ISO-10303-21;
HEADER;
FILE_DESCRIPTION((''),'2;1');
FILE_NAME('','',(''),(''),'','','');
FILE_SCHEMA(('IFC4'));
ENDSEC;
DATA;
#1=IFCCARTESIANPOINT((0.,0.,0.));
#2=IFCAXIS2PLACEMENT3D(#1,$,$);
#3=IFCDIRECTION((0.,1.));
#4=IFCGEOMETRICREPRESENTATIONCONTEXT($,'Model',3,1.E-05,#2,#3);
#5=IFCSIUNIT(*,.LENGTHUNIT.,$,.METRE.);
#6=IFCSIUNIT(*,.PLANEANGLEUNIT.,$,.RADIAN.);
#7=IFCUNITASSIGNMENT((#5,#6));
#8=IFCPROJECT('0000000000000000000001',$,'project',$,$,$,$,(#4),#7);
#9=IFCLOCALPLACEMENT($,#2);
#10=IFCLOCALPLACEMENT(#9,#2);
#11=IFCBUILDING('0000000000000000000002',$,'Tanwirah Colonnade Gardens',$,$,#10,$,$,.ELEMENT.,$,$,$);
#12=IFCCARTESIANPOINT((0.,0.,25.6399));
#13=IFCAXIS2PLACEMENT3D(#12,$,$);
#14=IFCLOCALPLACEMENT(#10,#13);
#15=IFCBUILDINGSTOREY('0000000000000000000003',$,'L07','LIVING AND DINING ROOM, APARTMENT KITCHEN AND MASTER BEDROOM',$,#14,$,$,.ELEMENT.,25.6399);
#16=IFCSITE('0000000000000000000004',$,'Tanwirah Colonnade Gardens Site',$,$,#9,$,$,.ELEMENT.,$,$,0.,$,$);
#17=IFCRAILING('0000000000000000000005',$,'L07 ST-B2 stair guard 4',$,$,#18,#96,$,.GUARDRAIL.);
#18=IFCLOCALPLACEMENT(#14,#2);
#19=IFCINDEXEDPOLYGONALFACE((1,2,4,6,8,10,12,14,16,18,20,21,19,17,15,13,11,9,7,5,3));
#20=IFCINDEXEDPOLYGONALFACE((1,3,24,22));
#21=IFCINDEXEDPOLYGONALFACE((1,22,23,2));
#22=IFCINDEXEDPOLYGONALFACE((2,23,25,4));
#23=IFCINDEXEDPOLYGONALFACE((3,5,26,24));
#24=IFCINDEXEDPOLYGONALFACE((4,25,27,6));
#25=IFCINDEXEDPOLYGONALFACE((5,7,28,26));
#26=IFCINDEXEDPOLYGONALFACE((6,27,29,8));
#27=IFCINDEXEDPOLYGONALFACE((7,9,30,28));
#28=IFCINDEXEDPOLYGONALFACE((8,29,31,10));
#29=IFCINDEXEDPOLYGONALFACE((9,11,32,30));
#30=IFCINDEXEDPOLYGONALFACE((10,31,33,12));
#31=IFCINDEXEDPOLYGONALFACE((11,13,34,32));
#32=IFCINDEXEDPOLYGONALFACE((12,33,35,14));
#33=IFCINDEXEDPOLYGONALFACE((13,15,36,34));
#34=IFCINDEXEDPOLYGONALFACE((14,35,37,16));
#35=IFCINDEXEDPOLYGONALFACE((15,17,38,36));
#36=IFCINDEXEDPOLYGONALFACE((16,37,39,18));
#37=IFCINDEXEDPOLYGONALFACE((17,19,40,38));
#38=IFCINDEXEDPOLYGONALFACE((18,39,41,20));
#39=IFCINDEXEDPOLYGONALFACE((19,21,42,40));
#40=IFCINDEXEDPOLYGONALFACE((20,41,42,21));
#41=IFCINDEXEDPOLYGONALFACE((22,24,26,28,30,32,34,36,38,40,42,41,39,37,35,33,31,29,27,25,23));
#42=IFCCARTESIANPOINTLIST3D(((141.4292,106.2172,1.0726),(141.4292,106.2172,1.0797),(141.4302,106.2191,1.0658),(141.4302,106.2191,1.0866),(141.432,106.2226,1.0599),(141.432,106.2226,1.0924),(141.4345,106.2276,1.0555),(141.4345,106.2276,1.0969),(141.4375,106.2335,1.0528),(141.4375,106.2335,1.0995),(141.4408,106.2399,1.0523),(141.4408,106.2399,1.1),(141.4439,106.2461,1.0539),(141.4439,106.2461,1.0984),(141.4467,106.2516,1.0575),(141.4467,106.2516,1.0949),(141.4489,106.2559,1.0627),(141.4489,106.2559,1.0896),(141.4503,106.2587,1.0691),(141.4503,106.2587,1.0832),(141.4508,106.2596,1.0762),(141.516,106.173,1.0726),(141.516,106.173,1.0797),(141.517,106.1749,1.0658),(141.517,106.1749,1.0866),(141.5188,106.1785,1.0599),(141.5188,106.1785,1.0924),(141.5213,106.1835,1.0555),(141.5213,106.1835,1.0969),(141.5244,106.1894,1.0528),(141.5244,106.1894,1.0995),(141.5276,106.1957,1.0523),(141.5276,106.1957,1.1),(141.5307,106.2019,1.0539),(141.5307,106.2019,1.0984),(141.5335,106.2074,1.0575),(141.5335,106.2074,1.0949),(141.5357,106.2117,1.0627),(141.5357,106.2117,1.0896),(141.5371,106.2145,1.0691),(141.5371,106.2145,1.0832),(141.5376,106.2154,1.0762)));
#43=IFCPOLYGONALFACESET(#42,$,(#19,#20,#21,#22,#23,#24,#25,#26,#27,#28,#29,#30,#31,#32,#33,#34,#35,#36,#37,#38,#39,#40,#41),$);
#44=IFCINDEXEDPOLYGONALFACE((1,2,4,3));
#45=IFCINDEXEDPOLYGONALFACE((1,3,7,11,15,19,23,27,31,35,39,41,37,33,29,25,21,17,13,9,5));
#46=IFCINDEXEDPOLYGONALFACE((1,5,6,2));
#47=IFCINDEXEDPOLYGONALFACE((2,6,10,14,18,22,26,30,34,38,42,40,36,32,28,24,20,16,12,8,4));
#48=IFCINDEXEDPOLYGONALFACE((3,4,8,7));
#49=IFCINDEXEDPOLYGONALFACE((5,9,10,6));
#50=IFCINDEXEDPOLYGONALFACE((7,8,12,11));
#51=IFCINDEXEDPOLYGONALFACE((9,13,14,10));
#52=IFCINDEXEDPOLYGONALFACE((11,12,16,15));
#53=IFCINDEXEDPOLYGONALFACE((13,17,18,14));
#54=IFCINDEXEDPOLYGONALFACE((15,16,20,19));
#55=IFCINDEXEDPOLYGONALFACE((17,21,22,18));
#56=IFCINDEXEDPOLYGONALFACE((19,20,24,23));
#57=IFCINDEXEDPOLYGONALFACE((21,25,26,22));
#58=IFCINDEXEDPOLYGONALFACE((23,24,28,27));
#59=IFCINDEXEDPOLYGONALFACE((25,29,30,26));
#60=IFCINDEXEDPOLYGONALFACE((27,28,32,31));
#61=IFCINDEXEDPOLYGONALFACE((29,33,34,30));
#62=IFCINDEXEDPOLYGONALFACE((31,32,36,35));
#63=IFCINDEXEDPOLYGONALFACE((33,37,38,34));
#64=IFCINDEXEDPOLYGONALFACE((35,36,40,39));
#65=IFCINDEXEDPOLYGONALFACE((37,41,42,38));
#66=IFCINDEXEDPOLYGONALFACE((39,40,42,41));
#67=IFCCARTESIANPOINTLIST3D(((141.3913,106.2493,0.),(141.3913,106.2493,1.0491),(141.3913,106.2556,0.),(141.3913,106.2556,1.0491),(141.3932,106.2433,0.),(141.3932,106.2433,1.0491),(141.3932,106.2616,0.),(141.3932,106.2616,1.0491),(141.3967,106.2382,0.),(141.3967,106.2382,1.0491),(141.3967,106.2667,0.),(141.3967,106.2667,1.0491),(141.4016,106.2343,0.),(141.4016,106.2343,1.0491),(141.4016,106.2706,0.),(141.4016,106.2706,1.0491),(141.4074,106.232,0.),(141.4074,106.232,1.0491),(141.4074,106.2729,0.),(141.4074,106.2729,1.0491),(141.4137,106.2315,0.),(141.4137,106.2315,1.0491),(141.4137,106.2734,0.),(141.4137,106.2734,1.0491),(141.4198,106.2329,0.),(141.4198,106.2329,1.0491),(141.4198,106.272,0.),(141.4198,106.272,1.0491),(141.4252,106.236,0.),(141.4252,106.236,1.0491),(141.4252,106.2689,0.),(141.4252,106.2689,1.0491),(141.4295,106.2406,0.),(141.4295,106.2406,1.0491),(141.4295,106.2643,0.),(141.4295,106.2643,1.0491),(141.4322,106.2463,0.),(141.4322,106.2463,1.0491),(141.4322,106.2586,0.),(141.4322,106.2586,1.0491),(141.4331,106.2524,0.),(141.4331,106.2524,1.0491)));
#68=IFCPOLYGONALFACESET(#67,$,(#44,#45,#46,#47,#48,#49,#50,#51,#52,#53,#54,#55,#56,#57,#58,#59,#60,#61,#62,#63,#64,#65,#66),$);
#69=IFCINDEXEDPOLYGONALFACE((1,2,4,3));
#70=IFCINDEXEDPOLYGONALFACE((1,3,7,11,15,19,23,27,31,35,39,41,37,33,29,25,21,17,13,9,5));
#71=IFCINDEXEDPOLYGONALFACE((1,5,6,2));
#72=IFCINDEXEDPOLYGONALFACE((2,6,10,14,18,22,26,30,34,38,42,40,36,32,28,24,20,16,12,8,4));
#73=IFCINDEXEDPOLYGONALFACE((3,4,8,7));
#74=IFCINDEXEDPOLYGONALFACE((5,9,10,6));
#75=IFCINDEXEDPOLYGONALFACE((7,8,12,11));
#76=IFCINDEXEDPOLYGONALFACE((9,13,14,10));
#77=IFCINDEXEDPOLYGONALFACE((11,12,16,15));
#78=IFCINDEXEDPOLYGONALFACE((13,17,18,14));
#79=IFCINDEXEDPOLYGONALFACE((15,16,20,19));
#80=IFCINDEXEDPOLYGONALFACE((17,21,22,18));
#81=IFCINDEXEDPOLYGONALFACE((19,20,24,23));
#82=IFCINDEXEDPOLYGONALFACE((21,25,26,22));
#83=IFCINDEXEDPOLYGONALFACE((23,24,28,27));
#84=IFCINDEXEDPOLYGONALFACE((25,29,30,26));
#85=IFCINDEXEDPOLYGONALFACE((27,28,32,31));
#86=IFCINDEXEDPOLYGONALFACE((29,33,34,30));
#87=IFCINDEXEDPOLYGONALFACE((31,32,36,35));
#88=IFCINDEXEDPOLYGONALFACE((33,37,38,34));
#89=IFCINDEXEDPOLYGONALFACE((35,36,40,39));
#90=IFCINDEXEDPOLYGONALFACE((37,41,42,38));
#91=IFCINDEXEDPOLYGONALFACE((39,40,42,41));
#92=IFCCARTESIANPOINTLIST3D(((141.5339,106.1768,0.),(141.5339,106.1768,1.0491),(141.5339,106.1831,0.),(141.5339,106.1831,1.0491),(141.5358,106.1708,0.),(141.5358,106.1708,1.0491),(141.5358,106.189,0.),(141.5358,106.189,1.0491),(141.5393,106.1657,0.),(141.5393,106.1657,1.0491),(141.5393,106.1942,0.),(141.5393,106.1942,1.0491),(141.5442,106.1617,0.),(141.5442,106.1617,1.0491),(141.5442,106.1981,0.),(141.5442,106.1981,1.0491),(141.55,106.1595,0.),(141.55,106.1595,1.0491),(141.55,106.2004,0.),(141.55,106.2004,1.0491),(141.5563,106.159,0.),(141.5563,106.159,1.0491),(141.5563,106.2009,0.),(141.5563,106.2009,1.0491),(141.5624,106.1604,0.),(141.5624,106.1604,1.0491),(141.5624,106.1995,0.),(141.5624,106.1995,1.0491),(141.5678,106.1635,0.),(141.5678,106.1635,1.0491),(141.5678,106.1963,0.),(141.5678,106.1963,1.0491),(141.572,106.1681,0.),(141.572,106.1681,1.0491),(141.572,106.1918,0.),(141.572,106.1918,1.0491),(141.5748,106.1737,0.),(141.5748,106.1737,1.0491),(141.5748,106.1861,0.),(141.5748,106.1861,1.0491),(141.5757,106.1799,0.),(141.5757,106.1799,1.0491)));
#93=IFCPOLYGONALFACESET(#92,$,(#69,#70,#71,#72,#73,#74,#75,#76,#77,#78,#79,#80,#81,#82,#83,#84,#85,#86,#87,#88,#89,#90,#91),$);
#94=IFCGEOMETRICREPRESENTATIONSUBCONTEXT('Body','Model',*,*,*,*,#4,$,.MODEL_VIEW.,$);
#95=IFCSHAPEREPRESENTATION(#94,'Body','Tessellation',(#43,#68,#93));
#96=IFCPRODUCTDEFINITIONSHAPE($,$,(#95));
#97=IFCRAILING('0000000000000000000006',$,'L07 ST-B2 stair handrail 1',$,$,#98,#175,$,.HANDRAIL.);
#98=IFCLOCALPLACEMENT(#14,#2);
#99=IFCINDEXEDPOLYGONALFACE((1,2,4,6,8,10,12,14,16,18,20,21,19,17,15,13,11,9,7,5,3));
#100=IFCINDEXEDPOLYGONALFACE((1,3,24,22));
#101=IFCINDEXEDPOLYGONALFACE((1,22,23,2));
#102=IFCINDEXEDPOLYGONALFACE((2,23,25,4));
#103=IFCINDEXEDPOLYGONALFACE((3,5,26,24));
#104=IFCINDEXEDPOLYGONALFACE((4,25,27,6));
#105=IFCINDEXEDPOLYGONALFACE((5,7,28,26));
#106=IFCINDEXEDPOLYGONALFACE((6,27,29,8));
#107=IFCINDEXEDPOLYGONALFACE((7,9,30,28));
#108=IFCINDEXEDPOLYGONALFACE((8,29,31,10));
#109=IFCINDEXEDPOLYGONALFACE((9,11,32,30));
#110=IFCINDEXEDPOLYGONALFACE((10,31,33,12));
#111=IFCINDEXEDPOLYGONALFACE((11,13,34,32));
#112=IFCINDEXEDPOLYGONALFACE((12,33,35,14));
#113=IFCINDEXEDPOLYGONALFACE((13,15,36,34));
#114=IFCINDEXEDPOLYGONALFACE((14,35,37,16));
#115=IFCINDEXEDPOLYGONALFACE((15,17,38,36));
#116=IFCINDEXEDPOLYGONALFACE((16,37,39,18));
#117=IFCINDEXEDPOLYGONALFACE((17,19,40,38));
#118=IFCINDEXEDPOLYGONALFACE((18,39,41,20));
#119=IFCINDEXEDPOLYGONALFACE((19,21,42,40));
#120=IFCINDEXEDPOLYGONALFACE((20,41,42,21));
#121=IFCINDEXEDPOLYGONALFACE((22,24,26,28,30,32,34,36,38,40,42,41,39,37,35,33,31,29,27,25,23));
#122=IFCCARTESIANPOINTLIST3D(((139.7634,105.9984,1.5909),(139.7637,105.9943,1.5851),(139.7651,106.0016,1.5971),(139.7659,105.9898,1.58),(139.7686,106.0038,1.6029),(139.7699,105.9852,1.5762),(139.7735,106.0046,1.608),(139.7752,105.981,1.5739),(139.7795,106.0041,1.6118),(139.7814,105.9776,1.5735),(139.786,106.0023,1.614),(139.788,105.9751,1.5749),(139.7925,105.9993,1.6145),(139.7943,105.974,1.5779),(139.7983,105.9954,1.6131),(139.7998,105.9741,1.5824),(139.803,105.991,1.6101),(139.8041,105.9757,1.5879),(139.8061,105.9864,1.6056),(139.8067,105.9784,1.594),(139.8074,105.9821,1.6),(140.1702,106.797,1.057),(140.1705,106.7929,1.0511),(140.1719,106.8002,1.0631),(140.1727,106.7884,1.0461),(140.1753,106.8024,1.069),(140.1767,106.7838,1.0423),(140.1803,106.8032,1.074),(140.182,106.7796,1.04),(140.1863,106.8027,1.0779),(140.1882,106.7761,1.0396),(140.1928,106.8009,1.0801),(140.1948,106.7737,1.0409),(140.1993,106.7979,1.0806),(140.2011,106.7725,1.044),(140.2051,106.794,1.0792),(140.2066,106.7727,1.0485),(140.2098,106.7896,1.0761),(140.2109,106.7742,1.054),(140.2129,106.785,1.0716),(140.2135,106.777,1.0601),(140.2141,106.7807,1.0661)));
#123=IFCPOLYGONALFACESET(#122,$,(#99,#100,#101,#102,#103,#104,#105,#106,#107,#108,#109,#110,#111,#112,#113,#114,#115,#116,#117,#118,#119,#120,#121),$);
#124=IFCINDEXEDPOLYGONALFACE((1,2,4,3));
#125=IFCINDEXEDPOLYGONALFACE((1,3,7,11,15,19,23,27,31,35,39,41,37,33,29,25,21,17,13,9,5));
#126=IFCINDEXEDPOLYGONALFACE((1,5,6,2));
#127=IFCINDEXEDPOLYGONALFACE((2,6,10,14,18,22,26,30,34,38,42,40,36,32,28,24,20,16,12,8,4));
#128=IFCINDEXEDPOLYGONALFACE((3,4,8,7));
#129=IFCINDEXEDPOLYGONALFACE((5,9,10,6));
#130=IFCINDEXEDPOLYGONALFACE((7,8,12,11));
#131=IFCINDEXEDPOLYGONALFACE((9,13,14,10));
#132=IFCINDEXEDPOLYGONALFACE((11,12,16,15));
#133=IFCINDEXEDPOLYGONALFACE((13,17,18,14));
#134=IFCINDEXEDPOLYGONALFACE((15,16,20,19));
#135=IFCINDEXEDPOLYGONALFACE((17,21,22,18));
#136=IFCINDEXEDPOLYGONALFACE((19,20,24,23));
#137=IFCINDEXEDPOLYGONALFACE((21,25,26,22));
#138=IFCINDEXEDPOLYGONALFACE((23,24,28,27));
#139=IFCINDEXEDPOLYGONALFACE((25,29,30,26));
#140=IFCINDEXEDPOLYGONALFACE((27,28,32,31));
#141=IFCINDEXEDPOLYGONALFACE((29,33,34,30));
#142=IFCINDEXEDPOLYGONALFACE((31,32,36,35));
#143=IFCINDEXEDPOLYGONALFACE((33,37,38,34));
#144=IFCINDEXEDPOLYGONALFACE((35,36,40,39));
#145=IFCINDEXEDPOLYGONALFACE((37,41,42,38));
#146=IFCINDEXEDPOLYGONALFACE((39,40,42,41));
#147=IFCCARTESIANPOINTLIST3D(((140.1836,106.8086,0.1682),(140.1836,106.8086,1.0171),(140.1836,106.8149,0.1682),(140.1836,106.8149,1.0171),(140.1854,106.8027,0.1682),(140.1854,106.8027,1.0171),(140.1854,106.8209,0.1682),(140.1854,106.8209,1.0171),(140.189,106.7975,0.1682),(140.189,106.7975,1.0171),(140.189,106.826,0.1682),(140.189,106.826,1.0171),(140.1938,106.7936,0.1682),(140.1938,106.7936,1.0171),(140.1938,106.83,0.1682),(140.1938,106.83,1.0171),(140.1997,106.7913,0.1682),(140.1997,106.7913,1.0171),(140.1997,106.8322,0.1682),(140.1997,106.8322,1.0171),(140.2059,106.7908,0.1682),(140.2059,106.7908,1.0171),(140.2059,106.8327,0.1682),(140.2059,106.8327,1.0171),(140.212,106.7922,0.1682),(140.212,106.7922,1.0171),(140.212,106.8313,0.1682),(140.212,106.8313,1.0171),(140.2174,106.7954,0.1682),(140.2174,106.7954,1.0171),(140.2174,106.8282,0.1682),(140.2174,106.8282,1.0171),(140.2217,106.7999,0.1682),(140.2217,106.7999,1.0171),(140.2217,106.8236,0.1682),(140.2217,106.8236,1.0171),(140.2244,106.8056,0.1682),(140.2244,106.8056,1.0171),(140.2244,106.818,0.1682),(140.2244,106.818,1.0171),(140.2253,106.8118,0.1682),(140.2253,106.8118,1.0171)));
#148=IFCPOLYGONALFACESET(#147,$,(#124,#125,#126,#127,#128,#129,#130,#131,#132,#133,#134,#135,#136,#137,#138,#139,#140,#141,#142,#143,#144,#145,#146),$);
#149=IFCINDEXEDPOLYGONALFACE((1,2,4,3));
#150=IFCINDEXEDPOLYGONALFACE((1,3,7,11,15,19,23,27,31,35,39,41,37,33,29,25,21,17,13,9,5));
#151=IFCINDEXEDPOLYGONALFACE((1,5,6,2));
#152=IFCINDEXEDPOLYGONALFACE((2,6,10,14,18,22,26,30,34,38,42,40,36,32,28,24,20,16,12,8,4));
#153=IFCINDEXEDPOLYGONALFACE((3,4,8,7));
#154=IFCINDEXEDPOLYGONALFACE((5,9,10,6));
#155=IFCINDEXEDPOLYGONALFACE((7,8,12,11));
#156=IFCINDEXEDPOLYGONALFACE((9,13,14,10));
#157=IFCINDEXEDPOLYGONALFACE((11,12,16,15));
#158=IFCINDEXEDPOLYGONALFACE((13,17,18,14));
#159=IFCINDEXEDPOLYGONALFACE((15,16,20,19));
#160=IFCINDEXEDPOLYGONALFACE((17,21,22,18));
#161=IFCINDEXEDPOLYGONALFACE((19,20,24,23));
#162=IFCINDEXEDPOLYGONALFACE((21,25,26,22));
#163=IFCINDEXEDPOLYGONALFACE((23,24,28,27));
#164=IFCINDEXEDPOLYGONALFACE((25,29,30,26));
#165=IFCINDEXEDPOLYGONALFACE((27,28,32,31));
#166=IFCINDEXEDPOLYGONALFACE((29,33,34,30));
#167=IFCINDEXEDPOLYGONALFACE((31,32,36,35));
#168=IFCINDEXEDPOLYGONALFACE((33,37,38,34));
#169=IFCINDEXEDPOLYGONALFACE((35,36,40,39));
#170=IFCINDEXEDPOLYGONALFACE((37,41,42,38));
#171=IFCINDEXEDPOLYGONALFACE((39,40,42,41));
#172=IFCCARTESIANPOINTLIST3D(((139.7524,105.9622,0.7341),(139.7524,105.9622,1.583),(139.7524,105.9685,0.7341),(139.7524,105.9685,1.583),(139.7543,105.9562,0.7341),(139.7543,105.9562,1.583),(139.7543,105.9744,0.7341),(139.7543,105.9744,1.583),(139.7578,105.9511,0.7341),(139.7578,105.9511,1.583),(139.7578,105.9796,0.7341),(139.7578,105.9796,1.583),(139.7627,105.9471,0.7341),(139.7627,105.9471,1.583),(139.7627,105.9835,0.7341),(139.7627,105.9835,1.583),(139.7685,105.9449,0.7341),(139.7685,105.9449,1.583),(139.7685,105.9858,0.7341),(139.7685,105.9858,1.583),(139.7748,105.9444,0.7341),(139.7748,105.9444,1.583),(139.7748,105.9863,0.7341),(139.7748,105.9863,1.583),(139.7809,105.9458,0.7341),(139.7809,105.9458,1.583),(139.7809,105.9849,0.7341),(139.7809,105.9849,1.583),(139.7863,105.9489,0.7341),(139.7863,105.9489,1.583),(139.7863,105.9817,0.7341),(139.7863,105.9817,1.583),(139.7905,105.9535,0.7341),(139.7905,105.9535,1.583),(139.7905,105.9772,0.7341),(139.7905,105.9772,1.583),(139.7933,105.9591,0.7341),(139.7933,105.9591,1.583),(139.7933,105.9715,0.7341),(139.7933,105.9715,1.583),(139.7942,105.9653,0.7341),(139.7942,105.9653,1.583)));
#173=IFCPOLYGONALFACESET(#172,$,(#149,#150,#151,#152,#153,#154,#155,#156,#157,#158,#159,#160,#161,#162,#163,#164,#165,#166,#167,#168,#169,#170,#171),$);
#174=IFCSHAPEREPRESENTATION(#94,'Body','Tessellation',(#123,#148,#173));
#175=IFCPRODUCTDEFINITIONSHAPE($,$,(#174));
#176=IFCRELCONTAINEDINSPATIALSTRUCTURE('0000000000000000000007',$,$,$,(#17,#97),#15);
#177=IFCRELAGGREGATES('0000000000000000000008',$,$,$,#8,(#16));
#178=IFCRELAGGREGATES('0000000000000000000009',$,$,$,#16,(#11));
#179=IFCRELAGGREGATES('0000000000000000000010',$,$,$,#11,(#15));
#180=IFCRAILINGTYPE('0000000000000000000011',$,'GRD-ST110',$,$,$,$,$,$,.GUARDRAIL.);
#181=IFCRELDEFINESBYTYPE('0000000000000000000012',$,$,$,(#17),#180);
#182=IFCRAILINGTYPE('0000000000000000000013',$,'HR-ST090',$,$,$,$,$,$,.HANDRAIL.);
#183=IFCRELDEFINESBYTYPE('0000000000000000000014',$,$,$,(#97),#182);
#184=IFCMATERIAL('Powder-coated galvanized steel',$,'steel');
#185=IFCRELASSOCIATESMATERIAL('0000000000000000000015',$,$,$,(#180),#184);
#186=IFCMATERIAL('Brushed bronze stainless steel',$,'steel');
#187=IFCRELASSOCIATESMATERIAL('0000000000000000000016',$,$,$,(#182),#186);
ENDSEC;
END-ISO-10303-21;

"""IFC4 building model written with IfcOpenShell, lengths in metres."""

from ifc_helpers import new_model, si_unit, direction, frame, origin, origin_2d, place, context, subcontext, project, spatial, circle, extrude, material, type_object, element, save


model = new_model("IFC4")

# Units and contexts
model_context = context("Model", 3, precision=1e-05, world=origin(), true_north=direction((0.0, 1.0)))
body_context = subcontext(model_context, "Body", "Model", "MODEL_VIEW")
ifc_project = project(units=[si_unit("LENGTHUNIT", "METRE"), si_unit("PLANEANGLEUNIT", "RADIAN")], contexts=[model_context])

# Site, building, storey
site_placement = place(None, origin())
site = spatial("IfcSite", under=ifc_project, at=site_placement, Name="Tanwirah Colonnade Gardens Site", CompositionType="ELEMENT", RefElevation=0.0)
building_placement = place(site_placement, origin())
building = spatial("IfcBuilding", under=site, at=building_placement, Name="Tanwirah Colonnade Gardens", CompositionType="ELEMENT")
storey_placement = place(building_placement, frame((0.0, 0.0, 25.6399)))
storey = spatial("IfcBuildingStorey", under=building, at=storey_placement, Name="L07", Description="LIVING AND DINING ROOM, APARTMENT KITCHEN AND MASTER BEDROOM", CompositionType="ELEMENT", Elevation=25.6399)

# Railings
ifc_material_1 = material(Name="Powder-coated galvanized steel", Category="steel")
railing_type_1 = type_object("IfcRailingType", Name="GRD-ST110", PredefinedType="GUARDRAIL", material=ifc_material_1)
railing_1_placement = place(storey_placement, frame((141.4121, 106.2524, 0.0)))
element("IfcRailing", 1, at=railing_1_placement, inside=storey, type_object=railing_type_1, Name="L07 ST-B2 stair guard 4", PredefinedType="GUARDRAIL", context=body_context, shape_type="SweptSolid", body=[
    extrude(circle(Radius=0.0239, at=origin_2d()), frame((0.0278, -0.0142, 1.0762), z_axis=(0.891354, -0.453308, 0.0), x_axis=(0.453308, 0.891354, 0.0)), (0.0, 0.0, 1.0), 0.0974),
    extrude(circle(Radius=0.021, at=origin_2d()), origin(), (0.0, 0.0, 1.0), 1.0491),
    extrude(circle(Radius=0.021, at=origin_2d()), frame((0.1426, -0.0725, 0.0)), (0.0, 0.0, 1.0), 1.0491),
])
ifc_material_2 = material(Name="Brushed bronze stainless steel", Category="steel")
railing_type_2 = type_object("IfcRailingType", Name="HR-ST090", PredefinedType="HANDRAIL", material=ifc_material_2)
railing_2_placement = place(storey_placement, frame((140.2043, 106.8118, 0.1682)))
element("IfcRailing", 2, at=railing_2_placement, inside=storey, type_object=railing_type_2, Name="L07 ST-B2 stair handrail 1", PredefinedType="HANDRAIL", context=body_context, shape_type="SweptSolid", body=[
    extrude(circle(Radius=0.0239, at=origin_2d()), frame((-0.0122, -0.0239, 0.8918), z_axis=(-0.38993, -0.765509, 0.511811), x_axis=(0.891061, -0.453883, 0.0)), (0.0, 0.0, 1.0), 1.0432),
    extrude(circle(Radius=0.021, at=origin_2d()), origin(), (0.0, 0.0, 1.0), 0.8489),
    extrude(circle(Radius=0.021, at=origin_2d()), frame((-0.4312, -0.8464, 0.5659)), (0.0, 0.0, 1.0), 0.8489),
])

save(model, "model.ifc")
